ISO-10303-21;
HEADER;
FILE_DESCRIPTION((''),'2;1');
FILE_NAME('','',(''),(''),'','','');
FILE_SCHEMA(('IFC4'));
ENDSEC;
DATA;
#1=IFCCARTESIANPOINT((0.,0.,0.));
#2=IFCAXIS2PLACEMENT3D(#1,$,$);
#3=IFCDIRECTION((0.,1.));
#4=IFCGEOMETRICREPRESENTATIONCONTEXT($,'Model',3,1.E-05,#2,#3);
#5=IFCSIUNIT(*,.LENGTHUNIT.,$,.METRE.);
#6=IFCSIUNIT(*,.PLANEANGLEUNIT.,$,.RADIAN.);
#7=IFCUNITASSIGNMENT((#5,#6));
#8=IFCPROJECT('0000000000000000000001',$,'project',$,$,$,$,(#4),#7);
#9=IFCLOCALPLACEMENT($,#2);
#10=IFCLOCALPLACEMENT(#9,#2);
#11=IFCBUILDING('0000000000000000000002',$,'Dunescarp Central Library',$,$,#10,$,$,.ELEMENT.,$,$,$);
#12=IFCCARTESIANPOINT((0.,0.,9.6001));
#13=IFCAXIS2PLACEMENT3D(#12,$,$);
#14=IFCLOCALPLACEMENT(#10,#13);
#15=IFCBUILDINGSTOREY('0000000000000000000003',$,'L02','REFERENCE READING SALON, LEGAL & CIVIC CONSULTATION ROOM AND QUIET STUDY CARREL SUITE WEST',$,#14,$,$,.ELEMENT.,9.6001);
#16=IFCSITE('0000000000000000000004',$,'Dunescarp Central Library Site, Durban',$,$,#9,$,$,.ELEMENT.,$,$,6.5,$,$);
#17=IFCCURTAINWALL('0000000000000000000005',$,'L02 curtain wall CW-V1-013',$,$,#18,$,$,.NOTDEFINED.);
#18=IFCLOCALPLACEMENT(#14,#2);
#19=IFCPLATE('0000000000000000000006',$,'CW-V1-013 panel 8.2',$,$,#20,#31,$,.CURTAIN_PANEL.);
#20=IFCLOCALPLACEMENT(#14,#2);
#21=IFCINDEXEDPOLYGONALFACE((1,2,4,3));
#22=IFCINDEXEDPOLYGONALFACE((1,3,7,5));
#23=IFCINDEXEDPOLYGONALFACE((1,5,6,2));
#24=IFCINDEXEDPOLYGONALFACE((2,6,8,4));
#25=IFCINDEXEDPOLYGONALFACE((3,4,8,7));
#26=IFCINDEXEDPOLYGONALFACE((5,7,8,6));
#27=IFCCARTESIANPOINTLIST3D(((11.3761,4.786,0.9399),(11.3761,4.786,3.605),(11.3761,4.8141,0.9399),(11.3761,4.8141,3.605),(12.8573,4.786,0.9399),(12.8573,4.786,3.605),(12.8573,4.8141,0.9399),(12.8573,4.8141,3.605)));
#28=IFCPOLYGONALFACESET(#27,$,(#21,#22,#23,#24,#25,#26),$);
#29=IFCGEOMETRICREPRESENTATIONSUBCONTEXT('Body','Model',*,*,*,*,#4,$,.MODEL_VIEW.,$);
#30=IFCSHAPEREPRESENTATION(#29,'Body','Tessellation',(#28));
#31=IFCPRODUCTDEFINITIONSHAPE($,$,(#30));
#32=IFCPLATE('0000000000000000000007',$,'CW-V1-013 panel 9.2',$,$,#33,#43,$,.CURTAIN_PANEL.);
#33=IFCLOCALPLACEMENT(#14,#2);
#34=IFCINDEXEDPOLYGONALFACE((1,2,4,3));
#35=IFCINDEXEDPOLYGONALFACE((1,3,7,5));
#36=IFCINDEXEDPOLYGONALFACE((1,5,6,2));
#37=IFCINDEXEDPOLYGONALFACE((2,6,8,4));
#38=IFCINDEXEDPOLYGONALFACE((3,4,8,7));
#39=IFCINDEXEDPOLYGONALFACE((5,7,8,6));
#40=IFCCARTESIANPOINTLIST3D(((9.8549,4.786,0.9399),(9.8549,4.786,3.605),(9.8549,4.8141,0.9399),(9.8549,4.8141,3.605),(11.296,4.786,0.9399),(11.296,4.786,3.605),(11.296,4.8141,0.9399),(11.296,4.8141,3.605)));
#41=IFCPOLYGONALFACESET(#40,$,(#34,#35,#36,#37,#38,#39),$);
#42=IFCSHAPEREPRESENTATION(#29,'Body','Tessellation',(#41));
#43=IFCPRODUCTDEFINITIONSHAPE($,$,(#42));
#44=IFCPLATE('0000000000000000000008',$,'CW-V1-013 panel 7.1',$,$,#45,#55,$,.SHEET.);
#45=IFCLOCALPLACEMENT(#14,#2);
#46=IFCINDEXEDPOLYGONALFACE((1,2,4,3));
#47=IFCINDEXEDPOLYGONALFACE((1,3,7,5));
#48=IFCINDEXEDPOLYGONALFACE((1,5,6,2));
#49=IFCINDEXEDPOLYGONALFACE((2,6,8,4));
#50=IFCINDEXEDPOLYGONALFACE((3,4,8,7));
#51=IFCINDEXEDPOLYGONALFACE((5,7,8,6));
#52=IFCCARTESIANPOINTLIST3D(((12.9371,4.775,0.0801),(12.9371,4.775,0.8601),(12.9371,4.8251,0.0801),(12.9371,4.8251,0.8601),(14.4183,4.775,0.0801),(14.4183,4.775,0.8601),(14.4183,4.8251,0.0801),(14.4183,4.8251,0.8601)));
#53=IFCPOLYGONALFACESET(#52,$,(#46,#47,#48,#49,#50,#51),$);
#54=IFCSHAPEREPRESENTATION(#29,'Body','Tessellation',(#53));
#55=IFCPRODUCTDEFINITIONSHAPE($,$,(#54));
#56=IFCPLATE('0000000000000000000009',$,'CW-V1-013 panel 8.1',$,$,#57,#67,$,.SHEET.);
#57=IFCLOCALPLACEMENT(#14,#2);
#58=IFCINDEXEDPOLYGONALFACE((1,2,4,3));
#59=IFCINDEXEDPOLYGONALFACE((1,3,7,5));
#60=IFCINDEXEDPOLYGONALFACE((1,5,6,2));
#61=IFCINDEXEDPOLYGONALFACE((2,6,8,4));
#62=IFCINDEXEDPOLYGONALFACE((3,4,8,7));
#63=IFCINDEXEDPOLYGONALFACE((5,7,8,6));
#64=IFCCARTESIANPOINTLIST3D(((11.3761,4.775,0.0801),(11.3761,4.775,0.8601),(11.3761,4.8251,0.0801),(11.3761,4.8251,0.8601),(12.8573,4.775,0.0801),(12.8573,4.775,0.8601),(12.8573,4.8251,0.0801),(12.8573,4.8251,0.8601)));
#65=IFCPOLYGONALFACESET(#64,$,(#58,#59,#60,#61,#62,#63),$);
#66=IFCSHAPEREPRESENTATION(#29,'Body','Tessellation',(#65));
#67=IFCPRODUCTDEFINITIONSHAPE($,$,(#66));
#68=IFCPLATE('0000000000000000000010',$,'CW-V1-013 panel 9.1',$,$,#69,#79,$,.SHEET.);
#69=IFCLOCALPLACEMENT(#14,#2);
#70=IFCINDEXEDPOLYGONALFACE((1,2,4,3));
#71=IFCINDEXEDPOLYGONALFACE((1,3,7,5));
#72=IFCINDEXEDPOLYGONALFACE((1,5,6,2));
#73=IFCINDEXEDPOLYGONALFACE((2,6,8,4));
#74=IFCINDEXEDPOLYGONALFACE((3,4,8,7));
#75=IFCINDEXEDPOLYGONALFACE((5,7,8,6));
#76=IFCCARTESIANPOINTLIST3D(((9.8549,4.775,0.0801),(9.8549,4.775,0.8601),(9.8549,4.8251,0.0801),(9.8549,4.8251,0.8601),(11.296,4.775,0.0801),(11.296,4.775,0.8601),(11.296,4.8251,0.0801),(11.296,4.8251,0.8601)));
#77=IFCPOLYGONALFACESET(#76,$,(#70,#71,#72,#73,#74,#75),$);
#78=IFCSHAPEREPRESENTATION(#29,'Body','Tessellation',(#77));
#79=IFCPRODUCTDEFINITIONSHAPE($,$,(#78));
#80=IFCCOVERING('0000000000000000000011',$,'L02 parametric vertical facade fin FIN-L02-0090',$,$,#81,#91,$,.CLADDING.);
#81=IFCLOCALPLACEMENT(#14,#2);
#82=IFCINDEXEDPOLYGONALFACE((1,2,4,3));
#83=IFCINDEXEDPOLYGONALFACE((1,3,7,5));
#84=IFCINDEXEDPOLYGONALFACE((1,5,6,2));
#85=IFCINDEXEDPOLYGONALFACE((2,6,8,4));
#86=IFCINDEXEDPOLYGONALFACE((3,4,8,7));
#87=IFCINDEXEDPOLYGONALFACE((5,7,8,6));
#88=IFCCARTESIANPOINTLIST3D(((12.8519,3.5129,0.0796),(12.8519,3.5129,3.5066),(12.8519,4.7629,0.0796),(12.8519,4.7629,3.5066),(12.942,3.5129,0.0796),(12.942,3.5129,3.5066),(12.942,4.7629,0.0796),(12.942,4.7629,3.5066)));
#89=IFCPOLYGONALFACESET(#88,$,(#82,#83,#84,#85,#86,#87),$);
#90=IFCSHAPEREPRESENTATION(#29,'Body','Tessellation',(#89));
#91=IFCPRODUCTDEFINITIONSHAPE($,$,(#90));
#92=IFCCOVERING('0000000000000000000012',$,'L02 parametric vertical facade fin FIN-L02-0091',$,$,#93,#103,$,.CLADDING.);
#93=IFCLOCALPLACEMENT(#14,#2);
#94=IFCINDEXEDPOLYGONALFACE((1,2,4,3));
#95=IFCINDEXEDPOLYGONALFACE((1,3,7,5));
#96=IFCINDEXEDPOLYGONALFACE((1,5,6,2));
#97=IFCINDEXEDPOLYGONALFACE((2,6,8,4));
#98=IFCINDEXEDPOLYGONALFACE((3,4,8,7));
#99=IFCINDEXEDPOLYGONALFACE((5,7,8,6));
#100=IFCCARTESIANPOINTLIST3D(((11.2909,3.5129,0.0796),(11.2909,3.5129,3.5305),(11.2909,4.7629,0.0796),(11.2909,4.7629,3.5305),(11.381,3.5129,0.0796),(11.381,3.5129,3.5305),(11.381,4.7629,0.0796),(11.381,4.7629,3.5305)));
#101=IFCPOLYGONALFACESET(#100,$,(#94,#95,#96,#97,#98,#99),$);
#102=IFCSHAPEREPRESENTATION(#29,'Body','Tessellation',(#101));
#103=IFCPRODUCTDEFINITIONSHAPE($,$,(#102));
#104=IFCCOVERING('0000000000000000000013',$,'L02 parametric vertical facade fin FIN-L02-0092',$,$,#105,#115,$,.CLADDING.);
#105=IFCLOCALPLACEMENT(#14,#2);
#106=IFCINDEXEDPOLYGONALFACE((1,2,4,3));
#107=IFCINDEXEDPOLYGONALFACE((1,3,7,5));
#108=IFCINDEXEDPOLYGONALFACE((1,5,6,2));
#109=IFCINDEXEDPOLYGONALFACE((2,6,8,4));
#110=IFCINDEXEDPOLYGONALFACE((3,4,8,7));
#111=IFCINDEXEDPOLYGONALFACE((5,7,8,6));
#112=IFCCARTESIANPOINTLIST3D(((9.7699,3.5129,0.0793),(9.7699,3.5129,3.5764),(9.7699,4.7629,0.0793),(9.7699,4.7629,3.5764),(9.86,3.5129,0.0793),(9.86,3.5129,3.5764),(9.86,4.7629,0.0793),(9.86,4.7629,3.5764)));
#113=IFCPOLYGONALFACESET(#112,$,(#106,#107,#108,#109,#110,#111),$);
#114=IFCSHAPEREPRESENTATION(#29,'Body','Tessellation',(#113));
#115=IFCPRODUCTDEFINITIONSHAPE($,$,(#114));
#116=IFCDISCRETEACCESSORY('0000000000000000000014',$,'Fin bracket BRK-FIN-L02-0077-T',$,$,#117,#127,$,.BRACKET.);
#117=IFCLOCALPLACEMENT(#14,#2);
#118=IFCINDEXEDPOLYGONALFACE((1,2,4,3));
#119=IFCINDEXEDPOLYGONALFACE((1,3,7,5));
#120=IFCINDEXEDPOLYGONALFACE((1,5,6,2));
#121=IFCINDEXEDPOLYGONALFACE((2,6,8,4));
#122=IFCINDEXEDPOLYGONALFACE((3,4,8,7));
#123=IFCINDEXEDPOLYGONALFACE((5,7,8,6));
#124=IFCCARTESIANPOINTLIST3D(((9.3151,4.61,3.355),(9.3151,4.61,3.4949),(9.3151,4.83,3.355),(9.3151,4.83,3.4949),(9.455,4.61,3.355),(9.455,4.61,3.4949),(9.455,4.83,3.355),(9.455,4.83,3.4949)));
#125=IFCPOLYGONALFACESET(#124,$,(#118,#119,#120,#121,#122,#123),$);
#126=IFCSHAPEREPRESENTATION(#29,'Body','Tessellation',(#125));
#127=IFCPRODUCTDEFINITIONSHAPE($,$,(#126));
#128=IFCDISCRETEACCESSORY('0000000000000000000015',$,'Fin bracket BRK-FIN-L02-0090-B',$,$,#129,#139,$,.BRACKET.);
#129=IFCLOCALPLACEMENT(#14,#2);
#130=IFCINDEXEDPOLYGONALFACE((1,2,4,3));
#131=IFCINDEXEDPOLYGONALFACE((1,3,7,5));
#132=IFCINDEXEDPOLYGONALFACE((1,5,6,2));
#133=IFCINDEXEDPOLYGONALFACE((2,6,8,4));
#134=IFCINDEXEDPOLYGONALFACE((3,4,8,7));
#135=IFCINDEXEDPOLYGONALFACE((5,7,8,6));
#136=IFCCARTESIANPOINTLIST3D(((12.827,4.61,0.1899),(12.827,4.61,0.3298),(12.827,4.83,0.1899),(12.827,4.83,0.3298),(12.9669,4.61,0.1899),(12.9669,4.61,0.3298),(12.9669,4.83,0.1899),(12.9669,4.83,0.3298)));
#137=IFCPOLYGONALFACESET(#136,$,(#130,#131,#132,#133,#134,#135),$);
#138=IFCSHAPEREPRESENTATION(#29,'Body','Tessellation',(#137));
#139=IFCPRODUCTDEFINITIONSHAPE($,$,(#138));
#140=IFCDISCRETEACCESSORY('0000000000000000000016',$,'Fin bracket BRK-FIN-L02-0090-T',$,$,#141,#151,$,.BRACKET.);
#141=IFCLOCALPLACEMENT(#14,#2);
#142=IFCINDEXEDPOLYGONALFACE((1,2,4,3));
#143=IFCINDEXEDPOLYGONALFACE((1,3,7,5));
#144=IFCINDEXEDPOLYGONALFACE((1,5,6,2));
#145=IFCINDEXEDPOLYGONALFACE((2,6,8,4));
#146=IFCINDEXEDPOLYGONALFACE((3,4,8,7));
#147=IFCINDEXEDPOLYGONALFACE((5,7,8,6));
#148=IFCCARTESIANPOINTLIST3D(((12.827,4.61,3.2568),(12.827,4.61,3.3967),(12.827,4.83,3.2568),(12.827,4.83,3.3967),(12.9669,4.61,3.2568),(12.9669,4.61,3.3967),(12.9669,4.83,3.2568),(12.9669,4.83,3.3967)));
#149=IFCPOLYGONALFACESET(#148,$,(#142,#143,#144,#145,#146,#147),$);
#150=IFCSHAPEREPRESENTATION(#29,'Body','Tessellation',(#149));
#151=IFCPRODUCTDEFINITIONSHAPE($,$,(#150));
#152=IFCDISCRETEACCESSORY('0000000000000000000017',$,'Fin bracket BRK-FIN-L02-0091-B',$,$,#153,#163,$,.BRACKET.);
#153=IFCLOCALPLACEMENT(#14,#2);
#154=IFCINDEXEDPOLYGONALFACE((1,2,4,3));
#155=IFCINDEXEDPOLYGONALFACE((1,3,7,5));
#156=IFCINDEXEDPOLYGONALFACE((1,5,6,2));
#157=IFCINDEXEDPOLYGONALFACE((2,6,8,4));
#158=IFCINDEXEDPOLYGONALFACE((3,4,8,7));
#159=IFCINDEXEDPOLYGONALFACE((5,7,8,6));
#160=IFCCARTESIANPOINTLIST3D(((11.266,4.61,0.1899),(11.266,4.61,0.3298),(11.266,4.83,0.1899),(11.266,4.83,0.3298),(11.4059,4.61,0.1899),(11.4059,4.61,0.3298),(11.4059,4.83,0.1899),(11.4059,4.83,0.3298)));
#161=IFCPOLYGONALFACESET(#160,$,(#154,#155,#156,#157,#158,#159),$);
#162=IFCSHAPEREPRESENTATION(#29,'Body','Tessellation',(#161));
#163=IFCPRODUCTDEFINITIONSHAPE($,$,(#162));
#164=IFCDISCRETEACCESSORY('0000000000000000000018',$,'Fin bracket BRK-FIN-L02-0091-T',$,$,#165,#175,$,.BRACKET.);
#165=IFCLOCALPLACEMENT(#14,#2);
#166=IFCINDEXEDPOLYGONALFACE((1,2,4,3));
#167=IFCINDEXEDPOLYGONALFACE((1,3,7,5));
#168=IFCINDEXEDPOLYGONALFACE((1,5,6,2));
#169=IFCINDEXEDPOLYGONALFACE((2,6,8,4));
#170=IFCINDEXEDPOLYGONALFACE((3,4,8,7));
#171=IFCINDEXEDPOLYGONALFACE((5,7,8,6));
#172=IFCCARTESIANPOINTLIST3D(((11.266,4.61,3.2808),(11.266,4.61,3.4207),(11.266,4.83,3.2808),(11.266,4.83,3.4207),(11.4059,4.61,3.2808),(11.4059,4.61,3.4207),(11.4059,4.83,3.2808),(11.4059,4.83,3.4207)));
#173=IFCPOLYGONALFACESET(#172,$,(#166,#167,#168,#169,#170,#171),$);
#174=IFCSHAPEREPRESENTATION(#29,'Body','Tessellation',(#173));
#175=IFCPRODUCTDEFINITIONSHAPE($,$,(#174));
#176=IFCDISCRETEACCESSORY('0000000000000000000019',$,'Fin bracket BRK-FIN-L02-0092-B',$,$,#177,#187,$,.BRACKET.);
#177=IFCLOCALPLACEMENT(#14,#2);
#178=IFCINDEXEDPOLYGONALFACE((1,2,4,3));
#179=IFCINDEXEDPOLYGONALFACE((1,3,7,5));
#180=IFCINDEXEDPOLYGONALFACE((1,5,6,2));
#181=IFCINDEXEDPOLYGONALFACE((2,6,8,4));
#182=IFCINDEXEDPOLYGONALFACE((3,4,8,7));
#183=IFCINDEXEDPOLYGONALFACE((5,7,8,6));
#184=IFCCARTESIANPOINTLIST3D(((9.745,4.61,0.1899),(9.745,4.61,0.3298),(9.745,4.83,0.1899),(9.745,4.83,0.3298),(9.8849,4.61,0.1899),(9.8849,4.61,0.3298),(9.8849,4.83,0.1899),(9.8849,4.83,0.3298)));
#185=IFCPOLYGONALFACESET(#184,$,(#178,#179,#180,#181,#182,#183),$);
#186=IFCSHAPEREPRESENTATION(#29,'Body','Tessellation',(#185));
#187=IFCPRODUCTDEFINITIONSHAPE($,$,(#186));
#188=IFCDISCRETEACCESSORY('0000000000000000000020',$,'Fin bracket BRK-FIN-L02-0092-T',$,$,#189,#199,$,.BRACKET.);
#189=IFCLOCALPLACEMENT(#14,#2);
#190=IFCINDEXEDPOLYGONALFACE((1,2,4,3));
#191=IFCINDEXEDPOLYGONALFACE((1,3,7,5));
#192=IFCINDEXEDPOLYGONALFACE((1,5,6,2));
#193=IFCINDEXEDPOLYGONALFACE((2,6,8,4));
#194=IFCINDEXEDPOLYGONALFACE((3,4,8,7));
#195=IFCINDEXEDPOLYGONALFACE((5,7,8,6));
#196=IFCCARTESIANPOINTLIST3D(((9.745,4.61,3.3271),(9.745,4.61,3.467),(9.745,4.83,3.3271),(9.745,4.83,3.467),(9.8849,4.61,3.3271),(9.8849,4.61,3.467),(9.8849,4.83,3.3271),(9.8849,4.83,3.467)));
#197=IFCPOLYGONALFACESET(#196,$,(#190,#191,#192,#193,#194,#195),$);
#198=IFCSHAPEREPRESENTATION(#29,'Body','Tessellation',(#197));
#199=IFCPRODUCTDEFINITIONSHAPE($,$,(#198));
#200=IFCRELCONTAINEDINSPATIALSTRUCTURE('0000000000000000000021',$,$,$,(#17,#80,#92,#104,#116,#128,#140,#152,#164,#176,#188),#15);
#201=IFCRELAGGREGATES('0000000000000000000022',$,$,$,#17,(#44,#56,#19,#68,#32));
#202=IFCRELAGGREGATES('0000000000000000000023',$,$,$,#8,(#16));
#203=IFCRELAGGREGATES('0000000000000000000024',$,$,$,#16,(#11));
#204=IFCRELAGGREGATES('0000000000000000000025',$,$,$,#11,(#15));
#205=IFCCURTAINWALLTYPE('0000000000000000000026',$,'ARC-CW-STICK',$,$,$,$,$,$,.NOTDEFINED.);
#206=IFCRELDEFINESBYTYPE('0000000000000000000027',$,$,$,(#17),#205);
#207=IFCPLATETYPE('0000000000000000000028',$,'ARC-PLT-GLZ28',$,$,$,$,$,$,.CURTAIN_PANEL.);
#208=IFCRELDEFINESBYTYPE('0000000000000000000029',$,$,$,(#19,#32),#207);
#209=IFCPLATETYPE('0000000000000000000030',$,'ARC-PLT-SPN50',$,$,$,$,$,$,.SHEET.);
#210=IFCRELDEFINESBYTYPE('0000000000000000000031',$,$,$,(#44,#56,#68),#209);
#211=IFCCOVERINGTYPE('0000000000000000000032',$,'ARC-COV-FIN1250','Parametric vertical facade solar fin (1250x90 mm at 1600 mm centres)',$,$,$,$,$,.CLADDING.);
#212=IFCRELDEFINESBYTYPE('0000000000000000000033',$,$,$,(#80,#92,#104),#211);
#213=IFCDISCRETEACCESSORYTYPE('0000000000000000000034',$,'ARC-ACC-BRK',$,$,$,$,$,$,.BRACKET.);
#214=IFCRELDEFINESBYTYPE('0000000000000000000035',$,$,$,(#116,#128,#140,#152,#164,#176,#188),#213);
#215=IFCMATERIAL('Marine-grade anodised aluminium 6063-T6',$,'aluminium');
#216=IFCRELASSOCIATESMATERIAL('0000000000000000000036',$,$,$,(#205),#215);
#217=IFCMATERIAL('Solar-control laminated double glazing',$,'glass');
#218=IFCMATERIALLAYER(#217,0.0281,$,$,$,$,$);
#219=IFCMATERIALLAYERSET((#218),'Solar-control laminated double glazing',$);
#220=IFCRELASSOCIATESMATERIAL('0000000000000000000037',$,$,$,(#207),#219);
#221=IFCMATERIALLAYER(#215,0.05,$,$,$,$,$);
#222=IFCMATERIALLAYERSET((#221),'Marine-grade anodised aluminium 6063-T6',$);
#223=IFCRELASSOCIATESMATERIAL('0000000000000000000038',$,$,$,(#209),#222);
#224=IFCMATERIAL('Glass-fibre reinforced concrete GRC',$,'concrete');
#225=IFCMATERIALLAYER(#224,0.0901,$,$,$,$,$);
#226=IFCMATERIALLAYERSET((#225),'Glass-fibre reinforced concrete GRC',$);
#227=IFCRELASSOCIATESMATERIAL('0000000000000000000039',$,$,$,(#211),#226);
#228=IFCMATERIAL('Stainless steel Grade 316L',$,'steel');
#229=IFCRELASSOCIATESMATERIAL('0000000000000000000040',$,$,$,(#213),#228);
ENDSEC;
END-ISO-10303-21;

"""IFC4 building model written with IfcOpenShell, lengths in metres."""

from ifc_helpers import new_model, si_unit, direction, frame, origin, origin_2d, place, context, subcontext, project, spatial, rectangle, extrude, material, layer, layer_set, type_object, element, aggregate, save


model = new_model("IFC4")

# Units and contexts
model_context = context("Model", 3, precision=1e-05, world=origin(), true_north=direction((0.0, 1.0)))
body_context = subcontext(model_context, "Body", "Model", "MODEL_VIEW")
ifc_project = project(units=[si_unit("LENGTHUNIT", "METRE"), si_unit("PLANEANGLEUNIT", "RADIAN")], contexts=[model_context])

# Site, building, storey
site_placement = place(None, origin())
site = spatial("IfcSite", under=ifc_project, at=site_placement, Name="Dunescarp Central Library Site, Durban", CompositionType="ELEMENT", RefElevation=6.5)
building_placement = place(site_placement, origin())
building = spatial("IfcBuilding", under=site, at=building_placement, Name="Dunescarp Central Library", CompositionType="ELEMENT")
storey_placement = place(building_placement, frame((0.0, 0.0, 9.6001)))
storey = spatial("IfcBuildingStorey", under=building, at=storey_placement, Name="L02", Description="REFERENCE READING SALON, LEGAL & CIVIC CONSULTATION ROOM AND QUIET STUDY CARREL SUITE WEST", CompositionType="ELEMENT", Elevation=9.6001)

# Shared definitions
ifc_material_1 = material(Name="Marine-grade anodised aluminium 6063-T6", Category="aluminium")
curtain_wall_type = type_object("IfcCurtainWallType", Name="ARC-CW-STICK", PredefinedType="NOTDEFINED", material=ifc_material_1)

# Curtain wall
curtain_wall_1_placement = place(storey_placement, origin())
curtain_wall_1 = element("IfcCurtainWall", 1, at=curtain_wall_1_placement, inside=storey, type_object=curtain_wall_type, Name="L02 curtain wall CW-V1-013", PredefinedType="NOTDEFINED")

# Plates
ifc_material_2 = material(Name="Solar-control laminated double glazing", Category="glass")
ifc_layer_1 = layer(ifc_material_2, 0.0281)
ifc_layer_set_1 = layer_set([ifc_layer_1], Name="Solar-control laminated double glazing")
plate_type_1 = type_object("IfcPlateType", Name="ARC-PLT-GLZ28", PredefinedType="CURTAIN_PANEL", material=ifc_layer_set_1)
plate_1_placement = place(storey_placement, frame((12.1167, 4.8, 0.9399), z_axis=(0.0, 0.0, 1.0), x_axis=(-1.0, 0.0, 0.0)))
plate_1 = element("IfcPlate", 2, at=plate_1_placement, type_object=plate_type_1, Name="CW-V1-013 panel 8.2", PredefinedType="CURTAIN_PANEL", context=body_context, shape_type="SweptSolid", body=[
    extrude(rectangle(XDim=1.4812, YDim=0.0281, at=origin_2d()), origin(), (0.0, 0.0, 1.0), 2.665),
])
plate_2_placement = place(storey_placement, frame((10.5754, 4.8, 0.9399), z_axis=(0.0, 0.0, 1.0), x_axis=(-1.0, 0.0, 0.0)))
plate_2 = element("IfcPlate", 3, at=plate_2_placement, type_object=plate_type_1, Name="CW-V1-013 panel 9.2", PredefinedType="CURTAIN_PANEL", context=body_context, shape_type="SweptSolid", body=[
    extrude(rectangle(XDim=1.4412, YDim=0.0281, at=origin_2d()), origin(), (0.0, 0.0, 1.0), 2.665),
])
ifc_layer_2 = layer(ifc_material_1, 0.05)
ifc_layer_set_2 = layer_set([ifc_layer_2], Name="Marine-grade anodised aluminium 6063-T6")
plate_type_2 = type_object("IfcPlateType", Name="ARC-PLT-SPN50", PredefinedType="SHEET", material=ifc_layer_set_2)
plate_3_placement = place(storey_placement, frame((13.6777, 4.8, 0.0801), z_axis=(0.0, 0.0, 1.0), x_axis=(-1.0, 0.0, 0.0)))
plate_3 = element("IfcPlate", 4, at=plate_3_placement, type_object=plate_type_2, Name="CW-V1-013 panel 7.1", PredefinedType="SHEET", context=body_context, shape_type="SweptSolid", body=[
    extrude(rectangle(XDim=1.4812, YDim=0.05, at=origin_2d()), origin(), (0.0, 0.0, 1.0), 0.78),
])
plate_4_placement = place(storey_placement, frame((12.1167, 4.8, 0.0801), z_axis=(0.0, 0.0, 1.0), x_axis=(-1.0, 0.0, 0.0)))
plate_4 = element("IfcPlate", 5, at=plate_4_placement, type_object=plate_type_2, Name="CW-V1-013 panel 8.1", PredefinedType="SHEET", context=body_context, shape_type="SweptSolid", body=[
    extrude(rectangle(XDim=1.4812, YDim=0.05, at=origin_2d()), origin(), (0.0, 0.0, 1.0), 0.78),
])
plate_5_placement = place(storey_placement, frame((10.5754, 4.8, 0.0801), z_axis=(0.0, 0.0, 1.0), x_axis=(-1.0, 0.0, 0.0)))
plate_5 = element("IfcPlate", 6, at=plate_5_placement, type_object=plate_type_2, Name="CW-V1-013 panel 9.1", PredefinedType="SHEET", context=body_context, shape_type="SweptSolid", body=[
    extrude(rectangle(XDim=1.4412, YDim=0.05, at=origin_2d()), origin(), (0.0, 0.0, 1.0), 0.78),
])
aggregate(curtain_wall_1, [plate_3, plate_4, plate_1, plate_5, plate_2])

# Coverings
ifc_material_3 = material(Name="Glass-fibre reinforced concrete GRC", Category="concrete")
ifc_layer_3 = layer(ifc_material_3, 0.0901)
ifc_layer_set_3 = layer_set([ifc_layer_3], Name="Glass-fibre reinforced concrete GRC")
covering_type = type_object("IfcCoveringType", Name="ARC-COV-FIN1250", Description="Parametric vertical facade solar fin (1250x90 mm at 1600 mm centres)", PredefinedType="CLADDING", material=ifc_layer_set_3)
covering_1_placement = place(storey_placement, frame((12.897, 4.1379, 0.0796), z_axis=(0.0, 0.0, 1.0), x_axis=(0.0, -1.0, 0.0)))
element("IfcCovering", 7, at=covering_1_placement, inside=storey, type_object=covering_type, Name="L02 parametric vertical facade fin FIN-L02-0090", PredefinedType="CLADDING", context=body_context, shape_type="SweptSolid", body=[
    extrude(rectangle(XDim=1.25, YDim=0.0901, at=origin_2d()), origin(), (0.0, 0.0, 1.0), 3.427),
])
covering_2_placement = place(storey_placement, frame((11.3359, 4.1379, 0.0796), z_axis=(0.0, 0.0, 1.0), x_axis=(0.0, -1.0, 0.0)))
element("IfcCovering", 8, at=covering_2_placement, inside=storey, type_object=covering_type, Name="L02 parametric vertical facade fin FIN-L02-0091", PredefinedType="CLADDING", context=body_context, shape_type="SweptSolid", body=[
    extrude(rectangle(XDim=1.25, YDim=0.0901, at=origin_2d()), origin(), (0.0, 0.0, 1.0), 3.4509),
])
covering_3_placement = place(storey_placement, frame((9.8149, 4.1379, 0.0793), z_axis=(0.0, 0.0, 1.0), x_axis=(0.0, -1.0, 0.0)))
element("IfcCovering", 9, at=covering_3_placement, inside=storey, type_object=covering_type, Name="L02 parametric vertical facade fin FIN-L02-0092", PredefinedType="CLADDING", context=body_context, shape_type="SweptSolid", body=[
    extrude(rectangle(XDim=1.25, YDim=0.0901, at=origin_2d()), origin(), (0.0, 0.0, 1.0), 3.4971),
])

# Discrete accessories
ifc_material_4 = material(Name="Stainless steel Grade 316L", Category="steel")
discrete_accessory_type = type_object("IfcDiscreteAccessoryType", Name="ARC-ACC-BRK", PredefinedType="BRACKET", material=ifc_material_4)
for number, where, z_axis, x_axis, name in (
    (10, (9.385, 4.72, 3.355), (0.0, 0.0, 1.0), (0.0, -1.0, 0.0), "Fin bracket BRK-FIN-L02-0077-T"),
    (11, (12.897, 4.72, 0.1899), (0.0, 0.0, 1.0), (0.0, -1.0, 0.0), "Fin bracket BRK-FIN-L02-0090-B"),
    (12, (12.897, 4.72, 3.2568), (0.0, 0.0, 1.0), (0.0, -1.0, 0.0), "Fin bracket BRK-FIN-L02-0090-T"),
    (13, (11.3359, 4.72, 0.1899), (0.0, 0.0, 1.0), (0.0, -1.0, 0.0), "Fin bracket BRK-FIN-L02-0091-B"),
    (14, (11.3359, 4.72, 3.2808), (0.0, 0.0, 1.0), (0.0, -1.0, 0.0), "Fin bracket BRK-FIN-L02-0091-T"),
    (15, (9.8149, 4.72, 0.1899), (0.0, 0.0, 1.0), (0.0, -1.0, 0.0), "Fin bracket BRK-FIN-L02-0092-B"),
    (16, (9.8149, 4.72, 3.3271), (0.0, 0.0, 1.0), (0.0, -1.0, 0.0), "Fin bracket BRK-FIN-L02-0092-T"),
):
    element("IfcDiscreteAccessory", number, at=place(storey_placement, frame(where, z_axis=z_axis, x_axis=x_axis)), inside=storey, type_object=discrete_accessory_type, Name=name, PredefinedType="BRACKET", context=body_context, shape_type="SweptSolid", body=[
        extrude(rectangle(XDim=0.22, YDim=0.1399, at=origin_2d()), origin(), (0.0, 0.0, 1.0), 0.1399),
    ])

save(model, "model.ifc")
